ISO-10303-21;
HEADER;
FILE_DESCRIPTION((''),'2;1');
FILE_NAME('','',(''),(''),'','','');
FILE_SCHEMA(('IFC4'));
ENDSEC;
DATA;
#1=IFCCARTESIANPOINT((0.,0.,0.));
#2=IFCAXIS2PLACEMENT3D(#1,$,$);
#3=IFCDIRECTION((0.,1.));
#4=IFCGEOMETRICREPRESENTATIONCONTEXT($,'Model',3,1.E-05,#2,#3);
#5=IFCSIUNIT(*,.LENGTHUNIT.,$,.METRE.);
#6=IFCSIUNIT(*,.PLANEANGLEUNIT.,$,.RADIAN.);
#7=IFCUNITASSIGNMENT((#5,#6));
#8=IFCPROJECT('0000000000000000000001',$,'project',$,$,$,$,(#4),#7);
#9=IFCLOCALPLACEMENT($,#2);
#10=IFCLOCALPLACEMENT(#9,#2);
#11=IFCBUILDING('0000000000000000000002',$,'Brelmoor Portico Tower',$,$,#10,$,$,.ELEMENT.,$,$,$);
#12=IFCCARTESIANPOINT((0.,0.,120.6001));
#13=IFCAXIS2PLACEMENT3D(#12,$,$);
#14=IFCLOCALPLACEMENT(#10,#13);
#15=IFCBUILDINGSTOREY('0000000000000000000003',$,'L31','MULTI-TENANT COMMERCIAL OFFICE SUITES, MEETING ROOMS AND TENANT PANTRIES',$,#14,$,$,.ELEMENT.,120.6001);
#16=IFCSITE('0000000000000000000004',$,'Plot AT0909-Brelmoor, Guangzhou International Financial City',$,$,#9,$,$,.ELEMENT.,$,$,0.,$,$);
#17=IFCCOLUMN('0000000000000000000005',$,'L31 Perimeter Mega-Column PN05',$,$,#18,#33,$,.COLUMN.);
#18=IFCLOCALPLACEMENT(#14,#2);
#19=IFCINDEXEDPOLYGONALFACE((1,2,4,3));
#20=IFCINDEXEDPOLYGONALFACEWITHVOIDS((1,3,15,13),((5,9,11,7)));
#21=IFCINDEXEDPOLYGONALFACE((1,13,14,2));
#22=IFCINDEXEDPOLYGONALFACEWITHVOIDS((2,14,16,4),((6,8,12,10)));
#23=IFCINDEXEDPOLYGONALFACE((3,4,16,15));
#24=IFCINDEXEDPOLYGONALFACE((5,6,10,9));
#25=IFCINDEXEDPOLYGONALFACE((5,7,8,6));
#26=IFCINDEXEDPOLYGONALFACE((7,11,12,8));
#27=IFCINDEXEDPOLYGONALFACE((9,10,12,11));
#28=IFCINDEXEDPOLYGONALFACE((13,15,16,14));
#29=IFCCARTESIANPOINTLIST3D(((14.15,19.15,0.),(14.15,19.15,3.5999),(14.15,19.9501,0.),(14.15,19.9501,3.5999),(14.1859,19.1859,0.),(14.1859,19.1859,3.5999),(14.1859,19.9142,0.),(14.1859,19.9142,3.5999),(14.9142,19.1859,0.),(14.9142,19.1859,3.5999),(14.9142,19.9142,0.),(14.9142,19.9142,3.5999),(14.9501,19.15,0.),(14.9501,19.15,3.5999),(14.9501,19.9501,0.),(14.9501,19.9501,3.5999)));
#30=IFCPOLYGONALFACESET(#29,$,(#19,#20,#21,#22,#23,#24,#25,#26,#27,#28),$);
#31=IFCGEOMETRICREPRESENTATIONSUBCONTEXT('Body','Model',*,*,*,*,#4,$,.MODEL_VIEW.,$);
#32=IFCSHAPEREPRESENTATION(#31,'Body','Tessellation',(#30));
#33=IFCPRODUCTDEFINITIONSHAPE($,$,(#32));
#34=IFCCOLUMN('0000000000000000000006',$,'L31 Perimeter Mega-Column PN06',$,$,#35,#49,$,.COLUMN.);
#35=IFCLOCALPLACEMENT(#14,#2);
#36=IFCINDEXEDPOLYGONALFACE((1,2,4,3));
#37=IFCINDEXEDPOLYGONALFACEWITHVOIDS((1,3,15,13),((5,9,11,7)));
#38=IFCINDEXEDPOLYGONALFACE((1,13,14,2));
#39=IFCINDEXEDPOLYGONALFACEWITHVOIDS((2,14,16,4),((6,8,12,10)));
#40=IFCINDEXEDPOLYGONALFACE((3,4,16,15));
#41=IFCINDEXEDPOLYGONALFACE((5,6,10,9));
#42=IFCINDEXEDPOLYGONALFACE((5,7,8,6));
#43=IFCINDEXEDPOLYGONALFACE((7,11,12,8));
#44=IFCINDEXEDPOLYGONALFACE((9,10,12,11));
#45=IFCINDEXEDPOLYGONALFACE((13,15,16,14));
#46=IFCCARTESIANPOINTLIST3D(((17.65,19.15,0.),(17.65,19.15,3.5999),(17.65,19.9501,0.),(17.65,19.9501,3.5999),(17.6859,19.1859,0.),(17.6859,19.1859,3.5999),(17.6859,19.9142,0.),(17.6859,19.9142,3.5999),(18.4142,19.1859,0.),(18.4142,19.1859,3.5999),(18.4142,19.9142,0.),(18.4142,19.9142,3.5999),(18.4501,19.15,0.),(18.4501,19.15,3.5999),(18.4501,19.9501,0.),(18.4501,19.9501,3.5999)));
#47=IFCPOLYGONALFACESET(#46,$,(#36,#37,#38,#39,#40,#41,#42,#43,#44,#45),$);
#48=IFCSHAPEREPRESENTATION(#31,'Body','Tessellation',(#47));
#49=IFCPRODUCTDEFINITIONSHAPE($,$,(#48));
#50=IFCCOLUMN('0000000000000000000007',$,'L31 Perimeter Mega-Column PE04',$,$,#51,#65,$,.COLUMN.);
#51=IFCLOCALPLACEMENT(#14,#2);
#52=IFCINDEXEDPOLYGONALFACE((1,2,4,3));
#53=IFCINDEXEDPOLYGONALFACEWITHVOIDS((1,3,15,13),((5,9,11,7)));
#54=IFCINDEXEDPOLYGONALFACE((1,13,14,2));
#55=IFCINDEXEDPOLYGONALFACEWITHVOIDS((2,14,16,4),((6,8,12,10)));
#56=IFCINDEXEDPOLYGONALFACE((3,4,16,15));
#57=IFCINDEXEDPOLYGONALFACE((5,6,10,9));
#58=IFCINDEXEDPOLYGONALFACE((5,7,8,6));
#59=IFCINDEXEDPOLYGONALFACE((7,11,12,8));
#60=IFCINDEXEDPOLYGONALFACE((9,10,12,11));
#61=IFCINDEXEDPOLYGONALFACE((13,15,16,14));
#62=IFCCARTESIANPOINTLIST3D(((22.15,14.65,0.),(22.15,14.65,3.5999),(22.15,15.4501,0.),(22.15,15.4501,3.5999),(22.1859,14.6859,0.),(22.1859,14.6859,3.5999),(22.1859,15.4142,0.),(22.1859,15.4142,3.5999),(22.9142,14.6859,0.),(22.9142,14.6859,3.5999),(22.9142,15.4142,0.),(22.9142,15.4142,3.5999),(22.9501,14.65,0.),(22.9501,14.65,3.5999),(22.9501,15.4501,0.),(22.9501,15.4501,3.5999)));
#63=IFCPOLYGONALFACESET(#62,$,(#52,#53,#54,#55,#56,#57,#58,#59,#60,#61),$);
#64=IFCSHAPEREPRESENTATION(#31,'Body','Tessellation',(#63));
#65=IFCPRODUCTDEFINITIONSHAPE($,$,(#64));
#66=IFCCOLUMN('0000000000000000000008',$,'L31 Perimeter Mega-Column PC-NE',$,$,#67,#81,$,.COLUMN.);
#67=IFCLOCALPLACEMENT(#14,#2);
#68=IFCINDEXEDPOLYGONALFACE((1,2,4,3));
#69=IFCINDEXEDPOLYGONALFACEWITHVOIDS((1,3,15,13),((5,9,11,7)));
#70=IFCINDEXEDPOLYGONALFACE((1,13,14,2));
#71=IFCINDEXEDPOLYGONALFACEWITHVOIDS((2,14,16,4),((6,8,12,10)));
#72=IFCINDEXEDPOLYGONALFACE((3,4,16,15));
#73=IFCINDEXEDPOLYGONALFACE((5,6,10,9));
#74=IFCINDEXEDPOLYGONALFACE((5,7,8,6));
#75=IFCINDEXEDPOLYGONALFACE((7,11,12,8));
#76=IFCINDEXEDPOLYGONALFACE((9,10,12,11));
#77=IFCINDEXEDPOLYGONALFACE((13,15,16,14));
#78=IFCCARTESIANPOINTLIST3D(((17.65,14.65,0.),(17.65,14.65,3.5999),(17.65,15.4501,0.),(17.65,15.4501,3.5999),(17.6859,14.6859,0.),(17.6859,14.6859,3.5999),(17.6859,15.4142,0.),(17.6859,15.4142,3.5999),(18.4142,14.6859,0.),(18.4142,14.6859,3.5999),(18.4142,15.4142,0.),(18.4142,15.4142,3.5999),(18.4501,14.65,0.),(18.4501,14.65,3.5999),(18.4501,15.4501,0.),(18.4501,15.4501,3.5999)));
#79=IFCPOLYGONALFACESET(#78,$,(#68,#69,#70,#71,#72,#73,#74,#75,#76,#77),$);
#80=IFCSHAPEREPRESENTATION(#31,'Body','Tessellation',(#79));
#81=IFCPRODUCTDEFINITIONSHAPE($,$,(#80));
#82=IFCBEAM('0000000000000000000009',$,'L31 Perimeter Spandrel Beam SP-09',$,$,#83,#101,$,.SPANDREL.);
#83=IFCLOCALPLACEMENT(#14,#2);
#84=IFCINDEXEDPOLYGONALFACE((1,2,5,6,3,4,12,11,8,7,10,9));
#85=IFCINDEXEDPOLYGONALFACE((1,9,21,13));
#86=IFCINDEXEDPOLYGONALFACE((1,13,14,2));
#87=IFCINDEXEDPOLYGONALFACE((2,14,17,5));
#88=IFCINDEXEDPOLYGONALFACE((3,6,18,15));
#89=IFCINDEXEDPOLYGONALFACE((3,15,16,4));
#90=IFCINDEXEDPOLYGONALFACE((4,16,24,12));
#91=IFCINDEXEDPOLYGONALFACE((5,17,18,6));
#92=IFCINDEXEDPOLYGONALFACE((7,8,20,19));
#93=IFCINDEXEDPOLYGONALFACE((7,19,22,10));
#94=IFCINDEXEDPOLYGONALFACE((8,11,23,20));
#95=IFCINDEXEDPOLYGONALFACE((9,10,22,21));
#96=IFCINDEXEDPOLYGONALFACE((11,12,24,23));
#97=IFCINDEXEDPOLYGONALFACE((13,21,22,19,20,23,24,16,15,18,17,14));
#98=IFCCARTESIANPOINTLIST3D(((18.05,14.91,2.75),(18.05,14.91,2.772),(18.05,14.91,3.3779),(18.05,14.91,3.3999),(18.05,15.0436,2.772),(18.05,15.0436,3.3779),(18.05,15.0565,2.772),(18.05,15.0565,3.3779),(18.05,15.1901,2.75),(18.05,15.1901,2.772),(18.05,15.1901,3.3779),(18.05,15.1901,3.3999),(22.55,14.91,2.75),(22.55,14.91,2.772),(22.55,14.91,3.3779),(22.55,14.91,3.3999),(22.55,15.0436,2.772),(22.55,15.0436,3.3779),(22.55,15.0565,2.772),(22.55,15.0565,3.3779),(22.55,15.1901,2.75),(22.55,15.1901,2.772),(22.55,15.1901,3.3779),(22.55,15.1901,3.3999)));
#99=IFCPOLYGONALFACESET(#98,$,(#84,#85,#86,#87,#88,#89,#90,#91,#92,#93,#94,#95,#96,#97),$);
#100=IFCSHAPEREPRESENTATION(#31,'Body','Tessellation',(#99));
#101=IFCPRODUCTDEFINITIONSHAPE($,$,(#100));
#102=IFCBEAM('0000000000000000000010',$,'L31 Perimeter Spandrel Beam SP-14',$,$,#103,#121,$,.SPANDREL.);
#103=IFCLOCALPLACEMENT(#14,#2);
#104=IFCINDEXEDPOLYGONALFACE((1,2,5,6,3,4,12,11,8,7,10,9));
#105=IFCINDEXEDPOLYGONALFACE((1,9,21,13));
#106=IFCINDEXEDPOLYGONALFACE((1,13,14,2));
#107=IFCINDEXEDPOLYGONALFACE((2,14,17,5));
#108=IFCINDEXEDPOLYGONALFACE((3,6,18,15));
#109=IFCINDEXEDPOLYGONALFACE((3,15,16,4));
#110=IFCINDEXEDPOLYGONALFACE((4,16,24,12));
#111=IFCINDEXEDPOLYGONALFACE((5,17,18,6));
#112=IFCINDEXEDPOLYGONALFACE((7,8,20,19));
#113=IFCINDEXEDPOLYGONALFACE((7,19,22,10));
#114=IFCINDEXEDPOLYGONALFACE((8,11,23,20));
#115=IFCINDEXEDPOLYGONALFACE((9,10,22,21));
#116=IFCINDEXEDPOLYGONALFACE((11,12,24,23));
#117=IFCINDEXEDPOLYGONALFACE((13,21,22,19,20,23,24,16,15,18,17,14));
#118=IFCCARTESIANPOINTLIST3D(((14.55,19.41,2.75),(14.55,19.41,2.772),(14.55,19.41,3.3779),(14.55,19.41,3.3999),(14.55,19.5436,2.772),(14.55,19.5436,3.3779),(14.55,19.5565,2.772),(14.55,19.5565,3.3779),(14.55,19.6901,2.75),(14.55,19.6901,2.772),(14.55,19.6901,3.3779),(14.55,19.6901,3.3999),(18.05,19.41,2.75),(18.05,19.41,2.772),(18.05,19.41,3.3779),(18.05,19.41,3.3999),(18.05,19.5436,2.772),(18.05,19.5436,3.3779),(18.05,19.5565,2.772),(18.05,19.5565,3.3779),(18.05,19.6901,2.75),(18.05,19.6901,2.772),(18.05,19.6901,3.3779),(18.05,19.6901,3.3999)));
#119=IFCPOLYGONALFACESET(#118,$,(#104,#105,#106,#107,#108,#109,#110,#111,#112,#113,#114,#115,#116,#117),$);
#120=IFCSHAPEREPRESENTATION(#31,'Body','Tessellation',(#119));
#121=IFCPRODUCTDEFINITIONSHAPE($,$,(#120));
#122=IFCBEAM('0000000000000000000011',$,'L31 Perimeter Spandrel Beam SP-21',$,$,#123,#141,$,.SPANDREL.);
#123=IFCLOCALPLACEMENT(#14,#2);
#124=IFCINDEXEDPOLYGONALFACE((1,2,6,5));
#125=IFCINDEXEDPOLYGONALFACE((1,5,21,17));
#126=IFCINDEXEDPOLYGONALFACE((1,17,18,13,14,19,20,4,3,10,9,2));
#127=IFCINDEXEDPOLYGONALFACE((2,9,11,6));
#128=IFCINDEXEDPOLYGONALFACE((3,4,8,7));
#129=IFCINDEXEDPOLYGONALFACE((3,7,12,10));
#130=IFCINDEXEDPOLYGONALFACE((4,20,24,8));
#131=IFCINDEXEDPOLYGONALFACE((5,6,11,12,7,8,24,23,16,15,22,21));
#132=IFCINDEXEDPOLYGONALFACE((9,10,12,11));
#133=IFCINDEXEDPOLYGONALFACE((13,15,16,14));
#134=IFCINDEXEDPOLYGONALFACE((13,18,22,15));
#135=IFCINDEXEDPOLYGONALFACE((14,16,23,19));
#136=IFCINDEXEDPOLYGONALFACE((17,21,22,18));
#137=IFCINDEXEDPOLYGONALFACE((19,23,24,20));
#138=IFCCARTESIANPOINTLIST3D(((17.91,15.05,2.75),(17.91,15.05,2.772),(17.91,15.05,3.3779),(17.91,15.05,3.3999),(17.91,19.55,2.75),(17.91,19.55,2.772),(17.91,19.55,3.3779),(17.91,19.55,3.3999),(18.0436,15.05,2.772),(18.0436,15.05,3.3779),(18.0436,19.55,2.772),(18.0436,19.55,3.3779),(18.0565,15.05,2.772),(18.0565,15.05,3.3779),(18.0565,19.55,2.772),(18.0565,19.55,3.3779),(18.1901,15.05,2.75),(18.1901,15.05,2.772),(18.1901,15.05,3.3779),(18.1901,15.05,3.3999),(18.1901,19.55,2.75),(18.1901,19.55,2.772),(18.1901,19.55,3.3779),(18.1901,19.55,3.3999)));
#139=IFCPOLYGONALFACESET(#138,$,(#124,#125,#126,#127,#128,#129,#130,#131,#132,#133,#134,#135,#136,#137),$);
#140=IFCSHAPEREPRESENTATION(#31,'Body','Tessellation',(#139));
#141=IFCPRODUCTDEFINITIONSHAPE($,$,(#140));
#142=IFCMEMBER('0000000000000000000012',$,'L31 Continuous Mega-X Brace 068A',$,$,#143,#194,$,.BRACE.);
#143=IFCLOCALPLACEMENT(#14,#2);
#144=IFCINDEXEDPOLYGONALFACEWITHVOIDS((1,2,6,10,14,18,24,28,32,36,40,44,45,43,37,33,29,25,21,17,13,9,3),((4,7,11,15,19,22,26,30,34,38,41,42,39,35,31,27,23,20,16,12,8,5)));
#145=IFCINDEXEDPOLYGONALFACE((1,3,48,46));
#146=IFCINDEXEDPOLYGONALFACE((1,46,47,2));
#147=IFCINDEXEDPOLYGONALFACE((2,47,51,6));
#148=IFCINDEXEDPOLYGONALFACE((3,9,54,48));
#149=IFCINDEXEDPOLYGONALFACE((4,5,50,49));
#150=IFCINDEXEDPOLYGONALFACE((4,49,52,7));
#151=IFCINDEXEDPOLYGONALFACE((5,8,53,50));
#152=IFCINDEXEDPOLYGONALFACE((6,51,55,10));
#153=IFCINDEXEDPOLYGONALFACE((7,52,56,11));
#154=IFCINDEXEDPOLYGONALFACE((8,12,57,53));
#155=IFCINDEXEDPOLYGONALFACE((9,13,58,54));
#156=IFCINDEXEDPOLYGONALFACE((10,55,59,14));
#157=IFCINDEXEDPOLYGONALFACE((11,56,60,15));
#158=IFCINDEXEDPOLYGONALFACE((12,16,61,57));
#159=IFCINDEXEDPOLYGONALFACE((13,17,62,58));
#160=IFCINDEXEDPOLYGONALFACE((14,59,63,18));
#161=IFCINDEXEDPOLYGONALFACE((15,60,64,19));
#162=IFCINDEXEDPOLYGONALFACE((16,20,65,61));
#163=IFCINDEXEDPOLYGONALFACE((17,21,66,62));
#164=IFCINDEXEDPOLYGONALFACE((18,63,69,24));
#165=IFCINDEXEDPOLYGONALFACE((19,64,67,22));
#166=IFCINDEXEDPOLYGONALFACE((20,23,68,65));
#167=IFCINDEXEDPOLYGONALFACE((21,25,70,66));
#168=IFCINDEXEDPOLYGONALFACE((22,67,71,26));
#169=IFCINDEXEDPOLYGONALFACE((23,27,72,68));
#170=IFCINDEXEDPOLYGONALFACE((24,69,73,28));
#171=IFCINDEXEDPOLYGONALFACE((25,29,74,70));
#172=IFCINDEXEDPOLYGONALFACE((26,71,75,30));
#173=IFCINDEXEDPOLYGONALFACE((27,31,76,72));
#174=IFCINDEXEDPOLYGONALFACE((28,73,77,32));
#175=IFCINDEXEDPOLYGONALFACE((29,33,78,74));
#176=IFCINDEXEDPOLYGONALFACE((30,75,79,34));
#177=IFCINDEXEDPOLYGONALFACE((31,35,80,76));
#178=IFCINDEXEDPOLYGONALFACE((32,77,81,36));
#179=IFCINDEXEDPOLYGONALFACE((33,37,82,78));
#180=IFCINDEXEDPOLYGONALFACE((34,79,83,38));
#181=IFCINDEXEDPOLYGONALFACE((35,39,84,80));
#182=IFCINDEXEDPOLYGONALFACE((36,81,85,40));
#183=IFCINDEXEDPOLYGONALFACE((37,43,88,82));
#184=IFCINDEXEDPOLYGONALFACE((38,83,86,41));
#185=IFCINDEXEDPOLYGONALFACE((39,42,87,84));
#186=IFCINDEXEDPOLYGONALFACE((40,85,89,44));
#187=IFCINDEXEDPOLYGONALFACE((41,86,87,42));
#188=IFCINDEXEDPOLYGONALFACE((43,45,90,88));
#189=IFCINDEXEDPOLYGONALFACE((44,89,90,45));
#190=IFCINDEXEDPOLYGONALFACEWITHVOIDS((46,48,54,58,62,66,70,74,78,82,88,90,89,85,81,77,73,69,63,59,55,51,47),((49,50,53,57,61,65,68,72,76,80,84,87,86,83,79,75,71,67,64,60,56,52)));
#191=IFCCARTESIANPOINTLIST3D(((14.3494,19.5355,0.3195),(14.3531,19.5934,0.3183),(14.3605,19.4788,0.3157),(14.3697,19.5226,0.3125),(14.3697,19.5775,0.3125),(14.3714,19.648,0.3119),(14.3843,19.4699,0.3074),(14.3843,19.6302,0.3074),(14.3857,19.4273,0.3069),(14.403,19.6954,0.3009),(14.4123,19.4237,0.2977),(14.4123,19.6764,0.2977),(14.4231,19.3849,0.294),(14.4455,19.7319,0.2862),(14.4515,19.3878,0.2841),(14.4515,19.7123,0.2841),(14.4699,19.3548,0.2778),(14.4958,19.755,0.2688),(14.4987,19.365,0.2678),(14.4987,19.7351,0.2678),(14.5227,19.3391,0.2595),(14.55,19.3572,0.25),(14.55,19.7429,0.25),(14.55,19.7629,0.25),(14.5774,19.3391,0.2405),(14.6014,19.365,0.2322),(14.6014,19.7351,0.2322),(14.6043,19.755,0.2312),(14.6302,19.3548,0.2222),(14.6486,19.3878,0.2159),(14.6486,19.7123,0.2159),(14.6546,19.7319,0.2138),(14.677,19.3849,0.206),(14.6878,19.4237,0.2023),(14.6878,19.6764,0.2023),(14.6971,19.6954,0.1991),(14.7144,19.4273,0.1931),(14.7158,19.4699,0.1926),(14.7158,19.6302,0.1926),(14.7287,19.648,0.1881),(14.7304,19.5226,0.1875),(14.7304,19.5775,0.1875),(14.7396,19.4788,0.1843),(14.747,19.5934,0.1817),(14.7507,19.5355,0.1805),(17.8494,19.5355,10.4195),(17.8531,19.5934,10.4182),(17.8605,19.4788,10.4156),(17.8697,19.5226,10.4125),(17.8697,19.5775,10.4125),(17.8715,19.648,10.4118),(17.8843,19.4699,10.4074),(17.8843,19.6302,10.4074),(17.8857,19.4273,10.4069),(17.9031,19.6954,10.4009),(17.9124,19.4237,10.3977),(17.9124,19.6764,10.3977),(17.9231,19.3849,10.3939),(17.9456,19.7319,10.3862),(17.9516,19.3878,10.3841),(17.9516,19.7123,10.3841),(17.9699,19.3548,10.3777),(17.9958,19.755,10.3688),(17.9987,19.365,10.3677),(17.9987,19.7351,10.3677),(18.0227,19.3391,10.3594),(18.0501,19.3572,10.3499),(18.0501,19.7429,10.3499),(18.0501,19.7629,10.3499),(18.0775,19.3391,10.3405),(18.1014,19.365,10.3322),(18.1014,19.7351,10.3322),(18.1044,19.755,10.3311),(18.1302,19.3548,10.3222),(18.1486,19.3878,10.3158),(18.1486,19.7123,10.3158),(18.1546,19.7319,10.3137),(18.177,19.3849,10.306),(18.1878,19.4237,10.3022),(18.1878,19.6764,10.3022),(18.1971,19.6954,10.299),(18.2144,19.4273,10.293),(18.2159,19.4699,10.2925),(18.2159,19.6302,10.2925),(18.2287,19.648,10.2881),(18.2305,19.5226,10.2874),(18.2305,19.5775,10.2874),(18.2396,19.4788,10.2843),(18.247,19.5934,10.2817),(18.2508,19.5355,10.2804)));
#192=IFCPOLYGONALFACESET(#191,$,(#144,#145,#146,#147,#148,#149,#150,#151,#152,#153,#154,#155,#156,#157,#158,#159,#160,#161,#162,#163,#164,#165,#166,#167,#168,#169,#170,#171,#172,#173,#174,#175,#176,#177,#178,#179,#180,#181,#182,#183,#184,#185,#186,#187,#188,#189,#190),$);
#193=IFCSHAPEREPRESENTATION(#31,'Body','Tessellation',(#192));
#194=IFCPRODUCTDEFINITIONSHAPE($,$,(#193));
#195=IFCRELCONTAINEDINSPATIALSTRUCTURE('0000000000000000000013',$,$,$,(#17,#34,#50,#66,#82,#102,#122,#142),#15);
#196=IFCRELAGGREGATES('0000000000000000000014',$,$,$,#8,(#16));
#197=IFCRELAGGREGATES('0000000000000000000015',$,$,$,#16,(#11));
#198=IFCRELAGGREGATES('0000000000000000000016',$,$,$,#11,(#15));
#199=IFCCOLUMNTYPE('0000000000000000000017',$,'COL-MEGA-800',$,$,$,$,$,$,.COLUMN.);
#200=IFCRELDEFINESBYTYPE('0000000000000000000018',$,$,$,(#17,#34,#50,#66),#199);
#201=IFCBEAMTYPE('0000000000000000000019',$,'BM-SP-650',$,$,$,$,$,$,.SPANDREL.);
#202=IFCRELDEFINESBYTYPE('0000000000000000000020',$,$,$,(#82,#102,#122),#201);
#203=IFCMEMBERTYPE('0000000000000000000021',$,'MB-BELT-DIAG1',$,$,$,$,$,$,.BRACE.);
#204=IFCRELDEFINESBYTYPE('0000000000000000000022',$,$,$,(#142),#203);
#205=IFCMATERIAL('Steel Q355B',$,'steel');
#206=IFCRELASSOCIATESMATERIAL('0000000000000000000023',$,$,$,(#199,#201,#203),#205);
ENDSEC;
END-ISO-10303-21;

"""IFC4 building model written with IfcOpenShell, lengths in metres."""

from ifc_helpers import new_model, si_unit, direction, frame, origin, origin_2d, place, context, subcontext, project, spatial, hollow_rectangle, hollow_circle, i_section, extrude, material, material_profile, profile_set, type_object, element, save


model = new_model("IFC4")

# Units and contexts
model_context = context("Model", 3, precision=1e-05, world=origin(), true_north=direction((0.0, 1.0)))
body_context = subcontext(model_context, "Body", "Model", "MODEL_VIEW")
ifc_project = project(units=[si_unit("LENGTHUNIT", "METRE"), si_unit("PLANEANGLEUNIT", "RADIAN")], contexts=[model_context])

# Site, building, storey
site_placement = place(None, origin())
site = spatial("IfcSite", under=ifc_project, at=site_placement, Name="Plot AT0909-Brelmoor, Guangzhou International Financial City", CompositionType="ELEMENT", RefElevation=0.0)
building_placement = place(site_placement, origin())
building = spatial("IfcBuilding", under=site, at=building_placement, Name="Brelmoor Portico Tower", CompositionType="ELEMENT")
storey_placement = place(building_placement, frame((0.0, 0.0, 120.6001)))
storey = spatial("IfcBuildingStorey", under=building, at=storey_placement, Name="L31", Description="MULTI-TENANT COMMERCIAL OFFICE SUITES, MEETING ROOMS AND TENANT PANTRIES", CompositionType="ELEMENT", Elevation=120.6001)

# Columns
ifc_material_1 = material(Name="Steel Q355B", Category="steel")
ifc_material_profile_1 = material_profile(ifc_material_1, hollow_rectangle(XDim=0.8, YDim=0.8, WallThickness=0.0359, at=origin_2d()), Name="BOX 800x800x36")
ifc_profile_set_1 = profile_set([ifc_material_profile_1], Name="Steel Q355B")
column_type = type_object("IfcColumnType", Name="COL-MEGA-800", PredefinedType="COLUMN", material=ifc_profile_set_1)
for number, where, z_axis, x_axis, name in (
    (1, (14.55, 19.55, 0.0), (0.0, 0.0, 1.0), (1.0, 0.0, 0.0), "L31 Perimeter Mega-Column PN05"),
    (2, (18.05, 19.55, 0.0), (0.0, 0.0, 1.0), (1.0, 0.0, 0.0), "L31 Perimeter Mega-Column PN06"),
    (3, (22.55, 15.05, 0.0), (0.0, 0.0, 1.0), (0.0, 1.0, 0.0), "L31 Perimeter Mega-Column PE04"),
    (4, (18.05, 15.05, 0.0), (0.0, 0.0, 1.0), (1.0, 0.0, 0.0), "L31 Perimeter Mega-Column PC-NE"),
):
    element("IfcColumn", number, at=place(storey_placement, frame(where, z_axis=z_axis, x_axis=x_axis)), inside=storey, type_object=column_type, Name=name, PredefinedType="COLUMN", context=body_context, shape_type="SweptSolid", body=[
        extrude(hollow_rectangle(XDim=0.8, YDim=0.8, WallThickness=0.0359, at=origin_2d()), origin(), (0.0, 0.0, 1.0), 3.5999),
    ])

# Beams
ifc_material_profile_2 = material_profile(ifc_material_1, i_section(OverallWidth=0.28, OverallDepth=0.6499, WebThickness=0.0129, FlangeThickness=0.022, at=origin_2d()), Name="HN 650x280x13x22")
ifc_profile_set_2 = profile_set([ifc_material_profile_2], Name="Steel Q355B")
beam_type = type_object("IfcBeamType", Name="BM-SP-650", PredefinedType="SPANDREL", material=ifc_profile_set_2)
beam_1_placement = place(storey_placement, frame((18.05, 15.05, 3.075), z_axis=(1.0, 0.0, 0.0), x_axis=(0.0, 1.0, 0.0)))
element("IfcBeam", 5, at=beam_1_placement, inside=storey, type_object=beam_type, Name="L31 Perimeter Spandrel Beam SP-09", PredefinedType="SPANDREL", context=body_context, shape_type="SweptSolid", body=[
    extrude(i_section(OverallWidth=0.28, OverallDepth=0.6499, WebThickness=0.0129, FlangeThickness=0.022, at=origin_2d()), origin(), (0.0, 0.0, 1.0), 4.5),
])
beam_2_placement = place(storey_placement, frame((14.55, 19.55, 3.075), z_axis=(1.0, 0.0, 0.0), x_axis=(0.0, 1.0, 0.0)))
element("IfcBeam", 6, at=beam_2_placement, inside=storey, type_object=beam_type, Name="L31 Perimeter Spandrel Beam SP-14", PredefinedType="SPANDREL", context=body_context, shape_type="SweptSolid", body=[
    extrude(i_section(OverallWidth=0.28, OverallDepth=0.6499, WebThickness=0.0129, FlangeThickness=0.022, at=origin_2d()), origin(), (0.0, 0.0, 1.0), 3.5),
])
beam_3_placement = place(storey_placement, frame((18.05, 15.05, 3.075), z_axis=(0.0, 1.0, 0.0), x_axis=(-1.0, 0.0, 0.0)))
element("IfcBeam", 7, at=beam_3_placement, inside=storey, type_object=beam_type, Name="L31 Perimeter Spandrel Beam SP-21", PredefinedType="SPANDREL", context=body_context, shape_type="SweptSolid", body=[
    extrude(i_section(OverallWidth=0.28, OverallDepth=0.6499, WebThickness=0.0129, FlangeThickness=0.022, at=origin_2d()), origin(), (0.0, 0.0, 1.0), 4.5),
])

# Member
ifc_material_profile_3 = material_profile(ifc_material_1, hollow_circle(Radius=0.2129, WallThickness=0.02, at=origin_2d()), Name="CHS 426x20")
ifc_profile_set_3 = profile_set([ifc_material_profile_3], Name="Steel Q355B")
member_type_1 = type_object("IfcMemberType", Name="MB-BELT-DIAG1", PredefinedType="BRACE", material=ifc_profile_set_3)
member_1_placement = place(storey_placement, frame((14.55, 19.55, 0.25), z_axis=(0.327436, 0.0, 0.944873), x_axis=(0.0, 1.0, 0.0)))
element("IfcMember", 8, at=member_1_placement, inside=storey, type_object=member_type_1, Name="L31 Continuous Mega-X Brace 068A", PredefinedType="BRACE", context=body_context, shape_type="SweptSolid", body=[
    extrude(hollow_circle(Radius=0.2129, WallThickness=0.02, at=origin_2d()), origin(), (0.0, 0.0, 1.0), 10.6892),
])

save(model, "model.ifc")
